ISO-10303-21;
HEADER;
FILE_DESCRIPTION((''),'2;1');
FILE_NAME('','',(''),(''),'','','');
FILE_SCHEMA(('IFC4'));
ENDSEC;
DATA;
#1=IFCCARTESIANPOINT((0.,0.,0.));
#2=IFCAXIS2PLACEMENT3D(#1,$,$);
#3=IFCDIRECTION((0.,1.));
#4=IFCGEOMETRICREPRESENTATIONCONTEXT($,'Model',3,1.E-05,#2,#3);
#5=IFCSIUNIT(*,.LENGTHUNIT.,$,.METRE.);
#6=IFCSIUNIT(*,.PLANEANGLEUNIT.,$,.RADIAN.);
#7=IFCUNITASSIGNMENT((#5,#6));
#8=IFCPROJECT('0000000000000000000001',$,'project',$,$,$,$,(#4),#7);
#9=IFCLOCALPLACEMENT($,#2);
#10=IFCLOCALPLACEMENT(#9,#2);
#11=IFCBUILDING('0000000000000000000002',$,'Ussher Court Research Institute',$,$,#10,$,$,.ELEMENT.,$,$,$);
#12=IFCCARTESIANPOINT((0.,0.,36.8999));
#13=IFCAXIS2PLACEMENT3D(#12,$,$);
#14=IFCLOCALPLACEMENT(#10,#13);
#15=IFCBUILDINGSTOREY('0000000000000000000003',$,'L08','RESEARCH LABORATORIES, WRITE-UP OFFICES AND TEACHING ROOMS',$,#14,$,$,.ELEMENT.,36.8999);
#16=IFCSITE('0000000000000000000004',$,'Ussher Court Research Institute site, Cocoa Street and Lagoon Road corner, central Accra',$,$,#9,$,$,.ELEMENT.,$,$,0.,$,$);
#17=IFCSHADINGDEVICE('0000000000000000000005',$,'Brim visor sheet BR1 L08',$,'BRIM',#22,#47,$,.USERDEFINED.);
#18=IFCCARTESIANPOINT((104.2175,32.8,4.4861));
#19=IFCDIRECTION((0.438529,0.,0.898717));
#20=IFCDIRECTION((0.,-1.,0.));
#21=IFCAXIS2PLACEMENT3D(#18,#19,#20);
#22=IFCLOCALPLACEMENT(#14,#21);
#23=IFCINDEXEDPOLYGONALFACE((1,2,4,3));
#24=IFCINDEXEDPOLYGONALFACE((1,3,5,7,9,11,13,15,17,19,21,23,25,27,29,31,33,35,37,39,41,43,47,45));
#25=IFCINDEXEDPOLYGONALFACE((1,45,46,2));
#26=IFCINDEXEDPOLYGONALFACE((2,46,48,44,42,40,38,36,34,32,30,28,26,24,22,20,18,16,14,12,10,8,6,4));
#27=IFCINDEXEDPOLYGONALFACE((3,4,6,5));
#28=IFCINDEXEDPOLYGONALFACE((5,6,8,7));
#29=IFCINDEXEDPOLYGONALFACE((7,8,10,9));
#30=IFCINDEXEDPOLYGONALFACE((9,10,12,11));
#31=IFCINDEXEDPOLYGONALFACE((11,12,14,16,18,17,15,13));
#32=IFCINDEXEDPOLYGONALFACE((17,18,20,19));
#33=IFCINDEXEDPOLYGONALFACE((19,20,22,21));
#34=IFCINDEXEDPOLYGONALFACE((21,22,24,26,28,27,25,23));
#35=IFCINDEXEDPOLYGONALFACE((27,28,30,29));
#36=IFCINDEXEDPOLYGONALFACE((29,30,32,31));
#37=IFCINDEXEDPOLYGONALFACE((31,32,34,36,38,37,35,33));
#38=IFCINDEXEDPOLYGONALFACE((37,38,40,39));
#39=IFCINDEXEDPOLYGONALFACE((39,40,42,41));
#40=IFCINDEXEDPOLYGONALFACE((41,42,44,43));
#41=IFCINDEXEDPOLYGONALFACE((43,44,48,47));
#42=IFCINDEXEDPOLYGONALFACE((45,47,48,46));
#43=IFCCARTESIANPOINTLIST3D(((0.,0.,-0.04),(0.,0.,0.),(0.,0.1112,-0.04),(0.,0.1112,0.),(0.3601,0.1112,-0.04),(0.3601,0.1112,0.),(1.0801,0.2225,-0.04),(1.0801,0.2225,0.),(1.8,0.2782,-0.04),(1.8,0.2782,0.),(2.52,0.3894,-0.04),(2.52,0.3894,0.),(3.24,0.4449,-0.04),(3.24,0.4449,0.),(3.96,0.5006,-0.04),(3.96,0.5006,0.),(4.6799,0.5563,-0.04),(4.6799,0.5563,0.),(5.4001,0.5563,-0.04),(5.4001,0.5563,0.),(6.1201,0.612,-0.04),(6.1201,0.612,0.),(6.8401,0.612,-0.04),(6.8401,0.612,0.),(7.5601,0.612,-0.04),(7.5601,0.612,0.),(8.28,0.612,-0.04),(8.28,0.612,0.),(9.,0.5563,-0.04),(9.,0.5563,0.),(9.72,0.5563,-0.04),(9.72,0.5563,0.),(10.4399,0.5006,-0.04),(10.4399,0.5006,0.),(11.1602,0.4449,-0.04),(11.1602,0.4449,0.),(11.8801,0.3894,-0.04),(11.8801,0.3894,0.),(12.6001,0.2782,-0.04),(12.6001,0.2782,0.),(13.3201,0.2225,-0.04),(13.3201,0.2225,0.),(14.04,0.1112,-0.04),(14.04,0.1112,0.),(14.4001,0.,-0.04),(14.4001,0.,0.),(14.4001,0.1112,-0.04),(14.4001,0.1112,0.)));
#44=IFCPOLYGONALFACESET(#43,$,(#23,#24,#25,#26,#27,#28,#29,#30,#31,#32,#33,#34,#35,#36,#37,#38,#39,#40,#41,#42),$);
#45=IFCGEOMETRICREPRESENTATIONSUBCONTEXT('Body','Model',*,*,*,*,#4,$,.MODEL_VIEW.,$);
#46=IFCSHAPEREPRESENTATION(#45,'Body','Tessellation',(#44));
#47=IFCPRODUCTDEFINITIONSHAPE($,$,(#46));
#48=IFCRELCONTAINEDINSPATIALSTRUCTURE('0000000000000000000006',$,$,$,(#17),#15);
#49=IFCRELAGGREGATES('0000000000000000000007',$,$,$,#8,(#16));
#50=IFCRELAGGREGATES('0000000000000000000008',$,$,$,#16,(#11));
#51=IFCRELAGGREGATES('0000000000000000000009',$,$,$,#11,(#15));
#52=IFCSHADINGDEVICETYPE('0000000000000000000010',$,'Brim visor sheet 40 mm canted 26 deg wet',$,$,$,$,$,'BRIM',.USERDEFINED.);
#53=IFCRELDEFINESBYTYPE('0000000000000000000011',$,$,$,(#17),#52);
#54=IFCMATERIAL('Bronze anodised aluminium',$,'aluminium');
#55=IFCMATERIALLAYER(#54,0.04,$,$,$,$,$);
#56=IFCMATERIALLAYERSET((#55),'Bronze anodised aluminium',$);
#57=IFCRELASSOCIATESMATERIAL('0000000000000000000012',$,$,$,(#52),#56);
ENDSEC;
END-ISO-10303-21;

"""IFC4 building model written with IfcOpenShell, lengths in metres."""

from ifc_helpers import new_model, si_unit, direction, frame, origin, place, context, subcontext, project, spatial, polyline, outline, extrude, material, layer, layer_set, type_object, element, save


model = new_model("IFC4")

# Units and contexts
model_context = context("Model", 3, precision=1e-05, world=origin(), true_north=direction((0.0, 1.0)))
body_context = subcontext(model_context, "Body", "Model", "MODEL_VIEW")
ifc_project = project(units=[si_unit("LENGTHUNIT", "METRE"), si_unit("PLANEANGLEUNIT", "RADIAN")], contexts=[model_context])

# Site, building, storey
site_placement = place(None, origin())
site = spatial("IfcSite", under=ifc_project, at=site_placement, Name="Ussher Court Research Institute site, Cocoa Street and Lagoon Road corner, central Accra", CompositionType="ELEMENT", RefElevation=0.0)
building_placement = place(site_placement, origin())
building = spatial("IfcBuilding", under=site, at=building_placement, Name="Ussher Court Research Institute", CompositionType="ELEMENT")
storey_placement = place(building_placement, frame((0.0, 0.0, 36.8999)))
storey = spatial("IfcBuildingStorey", under=building, at=storey_placement, Name="L08", Description="RESEARCH LABORATORIES, WRITE-UP OFFICES AND TEACHING ROOMS", CompositionType="ELEMENT", Elevation=36.8999)

# Shading device
ifc_material_1 = material(Name="Bronze anodised aluminium", Category="aluminium")
ifc_layer_1 = layer(ifc_material_1, 0.04)
ifc_layer_set_1 = layer_set([ifc_layer_1], Name="Bronze anodised aluminium")
shading_device_type_1 = type_object("IfcShadingDeviceType", Name="Brim visor sheet 40 mm canted 26 deg wet", ElementType="BRIM", PredefinedType="USERDEFINED", material=ifc_layer_set_1)
shading_device_1_placement = place(storey_placement, frame((104.2175, 32.8, 4.4861), z_axis=(0.438529, 0.0, 0.898717), x_axis=(0.0, -1.0, 0.0)))
element("IfcShadingDevice", 1, at=shading_device_1_placement, inside=storey, type_object=shading_device_type_1, Name="Brim visor sheet BR1 L08", ObjectType="BRIM", PredefinedType="USERDEFINED", context=body_context, shape_type="SweptSolid", body=[
    extrude(outline(polyline([(0.0, 0.0), (14.4001, 0.0), (14.4001, 0.1112), (14.04, 0.1112), (13.3201, 0.2225), (12.6001, 0.2782), (11.8801, 0.3894), (11.1602, 0.4449), (10.4399, 0.5006), (9.72, 0.5563), (9.0, 0.5563), (8.28, 0.612), (7.5601, 0.612), (6.8401, 0.612), (6.1201, 0.612), (5.4001, 0.5563), (4.6799, 0.5563), (3.96, 0.5006), (3.24, 0.4449), (2.52, 0.3894), (1.8, 0.2782), (1.0801, 0.2225), (0.3601, 0.1112), (0.0, 0.1112), (0.0, 0.0)])), origin(), (0.0, 0.0, -1.0), 0.04),
])

save(model, "model.ifc")
